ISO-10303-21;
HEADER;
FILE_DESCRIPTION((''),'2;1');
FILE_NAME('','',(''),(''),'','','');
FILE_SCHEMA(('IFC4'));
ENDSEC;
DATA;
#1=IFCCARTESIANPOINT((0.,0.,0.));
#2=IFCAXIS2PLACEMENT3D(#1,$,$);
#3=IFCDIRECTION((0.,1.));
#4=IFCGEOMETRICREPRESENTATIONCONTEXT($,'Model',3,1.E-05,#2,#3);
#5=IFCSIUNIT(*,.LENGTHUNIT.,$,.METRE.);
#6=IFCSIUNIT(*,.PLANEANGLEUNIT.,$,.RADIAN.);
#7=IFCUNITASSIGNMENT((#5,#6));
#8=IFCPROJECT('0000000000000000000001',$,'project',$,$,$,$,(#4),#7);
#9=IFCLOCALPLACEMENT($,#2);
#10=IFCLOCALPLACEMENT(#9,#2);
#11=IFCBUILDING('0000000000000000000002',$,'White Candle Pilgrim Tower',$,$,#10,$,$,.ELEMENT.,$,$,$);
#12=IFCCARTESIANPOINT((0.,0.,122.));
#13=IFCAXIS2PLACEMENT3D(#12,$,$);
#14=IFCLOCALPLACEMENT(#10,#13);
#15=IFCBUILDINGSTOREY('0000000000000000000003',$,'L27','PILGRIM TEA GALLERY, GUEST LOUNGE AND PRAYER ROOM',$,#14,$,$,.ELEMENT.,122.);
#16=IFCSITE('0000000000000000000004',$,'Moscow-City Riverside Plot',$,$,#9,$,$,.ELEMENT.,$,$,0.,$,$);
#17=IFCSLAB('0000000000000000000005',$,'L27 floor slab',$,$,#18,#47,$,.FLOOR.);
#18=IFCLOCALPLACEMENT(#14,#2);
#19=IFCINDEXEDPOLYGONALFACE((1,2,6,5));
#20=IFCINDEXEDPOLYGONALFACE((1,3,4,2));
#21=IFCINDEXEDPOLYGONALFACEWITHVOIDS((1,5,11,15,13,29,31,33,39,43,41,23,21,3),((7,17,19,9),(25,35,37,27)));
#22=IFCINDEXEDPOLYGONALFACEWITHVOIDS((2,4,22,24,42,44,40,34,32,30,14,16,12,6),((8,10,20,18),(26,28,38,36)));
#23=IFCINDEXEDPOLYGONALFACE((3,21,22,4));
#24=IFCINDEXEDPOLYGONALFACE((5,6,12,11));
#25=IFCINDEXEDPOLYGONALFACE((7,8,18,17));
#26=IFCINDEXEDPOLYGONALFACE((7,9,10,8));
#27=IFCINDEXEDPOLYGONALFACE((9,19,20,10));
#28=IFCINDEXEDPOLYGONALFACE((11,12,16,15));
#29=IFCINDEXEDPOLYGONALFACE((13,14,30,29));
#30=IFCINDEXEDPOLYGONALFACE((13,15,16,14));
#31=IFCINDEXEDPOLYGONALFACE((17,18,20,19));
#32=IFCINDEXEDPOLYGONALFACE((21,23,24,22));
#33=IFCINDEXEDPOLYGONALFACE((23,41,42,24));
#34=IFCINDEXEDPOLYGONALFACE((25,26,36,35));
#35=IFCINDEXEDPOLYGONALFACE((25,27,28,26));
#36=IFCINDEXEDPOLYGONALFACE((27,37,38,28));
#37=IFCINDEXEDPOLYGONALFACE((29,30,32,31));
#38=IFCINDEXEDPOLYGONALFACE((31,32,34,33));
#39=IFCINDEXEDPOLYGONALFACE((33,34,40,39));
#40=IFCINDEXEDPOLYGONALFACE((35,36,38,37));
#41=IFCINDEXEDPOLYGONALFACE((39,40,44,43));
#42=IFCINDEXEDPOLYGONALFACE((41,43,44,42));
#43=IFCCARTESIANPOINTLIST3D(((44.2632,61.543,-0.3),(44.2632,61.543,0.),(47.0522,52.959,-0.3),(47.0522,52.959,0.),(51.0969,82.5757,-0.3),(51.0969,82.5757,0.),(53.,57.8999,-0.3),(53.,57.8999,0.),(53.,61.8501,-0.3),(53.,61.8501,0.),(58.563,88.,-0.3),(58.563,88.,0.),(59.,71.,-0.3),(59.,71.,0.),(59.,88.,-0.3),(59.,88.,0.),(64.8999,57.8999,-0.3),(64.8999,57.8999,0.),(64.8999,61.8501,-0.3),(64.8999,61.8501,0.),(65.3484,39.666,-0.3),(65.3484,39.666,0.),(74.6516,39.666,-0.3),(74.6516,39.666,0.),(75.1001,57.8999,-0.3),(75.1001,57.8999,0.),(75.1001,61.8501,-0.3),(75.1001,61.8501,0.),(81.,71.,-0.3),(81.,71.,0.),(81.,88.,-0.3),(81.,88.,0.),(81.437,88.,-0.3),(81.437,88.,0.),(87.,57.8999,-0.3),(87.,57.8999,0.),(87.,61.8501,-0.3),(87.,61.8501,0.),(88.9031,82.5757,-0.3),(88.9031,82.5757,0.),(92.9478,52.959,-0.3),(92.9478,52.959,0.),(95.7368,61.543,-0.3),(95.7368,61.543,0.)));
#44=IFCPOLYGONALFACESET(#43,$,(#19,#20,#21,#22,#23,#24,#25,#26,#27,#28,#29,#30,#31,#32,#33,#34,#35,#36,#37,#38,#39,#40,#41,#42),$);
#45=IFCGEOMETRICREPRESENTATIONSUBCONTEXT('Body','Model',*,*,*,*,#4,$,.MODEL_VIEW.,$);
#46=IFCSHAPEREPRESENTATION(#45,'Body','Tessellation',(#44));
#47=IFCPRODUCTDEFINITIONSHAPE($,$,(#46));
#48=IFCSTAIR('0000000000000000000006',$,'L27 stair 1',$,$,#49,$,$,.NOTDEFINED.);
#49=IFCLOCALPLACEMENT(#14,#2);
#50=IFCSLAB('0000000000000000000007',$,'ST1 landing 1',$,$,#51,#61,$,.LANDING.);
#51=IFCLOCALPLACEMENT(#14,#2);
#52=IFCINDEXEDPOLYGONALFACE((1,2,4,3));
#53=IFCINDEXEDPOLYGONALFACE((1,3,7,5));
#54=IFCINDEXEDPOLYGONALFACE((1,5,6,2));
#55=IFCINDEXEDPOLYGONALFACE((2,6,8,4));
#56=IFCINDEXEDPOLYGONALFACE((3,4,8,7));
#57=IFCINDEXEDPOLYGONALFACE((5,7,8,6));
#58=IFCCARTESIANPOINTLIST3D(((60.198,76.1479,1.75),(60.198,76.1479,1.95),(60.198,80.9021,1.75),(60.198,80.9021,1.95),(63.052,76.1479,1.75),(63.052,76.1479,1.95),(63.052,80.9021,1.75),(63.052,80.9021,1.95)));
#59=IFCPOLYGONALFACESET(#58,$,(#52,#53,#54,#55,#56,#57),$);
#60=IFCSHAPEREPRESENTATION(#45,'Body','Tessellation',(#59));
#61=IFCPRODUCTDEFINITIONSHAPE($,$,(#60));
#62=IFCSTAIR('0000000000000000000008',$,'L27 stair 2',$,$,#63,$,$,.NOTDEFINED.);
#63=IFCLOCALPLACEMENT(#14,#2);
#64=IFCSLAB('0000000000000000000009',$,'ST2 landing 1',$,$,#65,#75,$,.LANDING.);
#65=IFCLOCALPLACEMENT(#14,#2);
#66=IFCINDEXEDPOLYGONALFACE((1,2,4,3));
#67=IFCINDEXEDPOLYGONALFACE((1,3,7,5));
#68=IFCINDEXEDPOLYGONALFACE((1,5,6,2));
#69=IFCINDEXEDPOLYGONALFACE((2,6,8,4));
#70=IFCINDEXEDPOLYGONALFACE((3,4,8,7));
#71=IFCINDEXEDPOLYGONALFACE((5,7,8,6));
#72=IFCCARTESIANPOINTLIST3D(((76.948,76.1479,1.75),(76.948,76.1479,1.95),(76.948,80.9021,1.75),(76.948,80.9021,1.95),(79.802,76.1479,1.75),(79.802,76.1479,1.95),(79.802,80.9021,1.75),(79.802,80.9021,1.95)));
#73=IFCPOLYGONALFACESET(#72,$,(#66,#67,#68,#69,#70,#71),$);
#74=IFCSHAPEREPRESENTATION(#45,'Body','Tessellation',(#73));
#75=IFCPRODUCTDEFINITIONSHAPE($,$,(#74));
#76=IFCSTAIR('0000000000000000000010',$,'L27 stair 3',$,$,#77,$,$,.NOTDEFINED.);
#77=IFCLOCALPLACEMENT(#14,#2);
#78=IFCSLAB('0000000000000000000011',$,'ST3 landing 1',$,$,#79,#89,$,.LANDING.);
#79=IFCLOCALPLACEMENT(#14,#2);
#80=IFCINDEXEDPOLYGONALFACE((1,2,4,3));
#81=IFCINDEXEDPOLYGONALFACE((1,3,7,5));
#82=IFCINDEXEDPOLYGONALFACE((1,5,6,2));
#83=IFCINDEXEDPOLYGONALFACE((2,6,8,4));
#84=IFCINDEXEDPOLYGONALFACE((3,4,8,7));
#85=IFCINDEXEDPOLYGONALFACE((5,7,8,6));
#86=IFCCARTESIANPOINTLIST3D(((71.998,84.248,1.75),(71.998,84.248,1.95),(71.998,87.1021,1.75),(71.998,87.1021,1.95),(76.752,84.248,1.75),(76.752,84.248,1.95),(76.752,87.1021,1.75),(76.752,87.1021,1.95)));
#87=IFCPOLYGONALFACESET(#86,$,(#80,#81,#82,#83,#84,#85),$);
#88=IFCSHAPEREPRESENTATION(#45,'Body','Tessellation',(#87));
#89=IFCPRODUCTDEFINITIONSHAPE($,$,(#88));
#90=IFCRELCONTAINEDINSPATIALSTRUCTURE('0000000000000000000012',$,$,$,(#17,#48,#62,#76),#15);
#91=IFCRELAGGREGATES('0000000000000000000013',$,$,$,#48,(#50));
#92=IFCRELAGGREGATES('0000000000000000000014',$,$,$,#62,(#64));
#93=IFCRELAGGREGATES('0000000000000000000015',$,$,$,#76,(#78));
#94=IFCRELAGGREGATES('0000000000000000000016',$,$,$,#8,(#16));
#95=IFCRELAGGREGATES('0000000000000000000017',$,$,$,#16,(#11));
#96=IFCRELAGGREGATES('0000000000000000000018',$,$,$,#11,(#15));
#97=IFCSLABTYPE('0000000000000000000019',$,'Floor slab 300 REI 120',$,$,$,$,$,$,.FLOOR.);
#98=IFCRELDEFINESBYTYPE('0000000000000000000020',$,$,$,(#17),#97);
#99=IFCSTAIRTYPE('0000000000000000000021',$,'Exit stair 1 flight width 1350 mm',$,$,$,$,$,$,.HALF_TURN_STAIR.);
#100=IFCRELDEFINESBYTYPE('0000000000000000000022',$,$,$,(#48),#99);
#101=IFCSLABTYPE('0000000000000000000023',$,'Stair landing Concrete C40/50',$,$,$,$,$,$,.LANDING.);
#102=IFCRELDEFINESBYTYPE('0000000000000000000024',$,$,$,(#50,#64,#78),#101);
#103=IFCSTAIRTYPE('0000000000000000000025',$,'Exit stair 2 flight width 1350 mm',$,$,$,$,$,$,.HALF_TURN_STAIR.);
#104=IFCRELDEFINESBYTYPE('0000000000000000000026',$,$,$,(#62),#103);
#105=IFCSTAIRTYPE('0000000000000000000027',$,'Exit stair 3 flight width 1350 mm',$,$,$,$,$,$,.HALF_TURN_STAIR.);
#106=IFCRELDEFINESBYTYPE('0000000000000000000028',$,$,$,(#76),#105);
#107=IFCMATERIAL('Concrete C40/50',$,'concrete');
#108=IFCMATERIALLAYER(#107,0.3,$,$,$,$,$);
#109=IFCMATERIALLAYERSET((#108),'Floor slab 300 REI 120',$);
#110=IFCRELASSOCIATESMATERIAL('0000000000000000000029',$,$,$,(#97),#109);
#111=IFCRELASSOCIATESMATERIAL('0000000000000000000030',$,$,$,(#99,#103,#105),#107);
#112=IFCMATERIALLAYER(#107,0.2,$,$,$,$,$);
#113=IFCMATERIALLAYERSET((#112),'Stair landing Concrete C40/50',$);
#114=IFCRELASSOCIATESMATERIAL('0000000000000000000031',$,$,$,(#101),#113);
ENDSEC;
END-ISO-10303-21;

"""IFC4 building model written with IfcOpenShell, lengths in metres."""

from ifc_helpers import new_model, si_unit, direction, frame, origin, place, context, subcontext, project, spatial, polyline, outline, extrude, material, layer, layer_set, type_object, element, aggregate, save


model = new_model("IFC4")

# Units and contexts
model_context = context("Model", 3, precision=1e-05, world=origin(), true_north=direction((0.0, 1.0)))
body_context = subcontext(model_context, "Body", "Model", "MODEL_VIEW")
ifc_project = project(units=[si_unit("LENGTHUNIT", "METRE"), si_unit("PLANEANGLEUNIT", "RADIAN")], contexts=[model_context])

# Site, building, storey
site_placement = place(None, origin())
site = spatial("IfcSite", under=ifc_project, at=site_placement, Name="Moscow-City Riverside Plot", CompositionType="ELEMENT", RefElevation=0.0)
building_placement = place(site_placement, origin())
building = spatial("IfcBuilding", under=site, at=building_placement, Name="White Candle Pilgrim Tower", CompositionType="ELEMENT")
storey_placement = place(building_placement, frame((0.0, 0.0, 122.0)))
storey = spatial("IfcBuildingStorey", under=building, at=storey_placement, Name="L27", Description="PILGRIM TEA GALLERY, GUEST LOUNGE AND PRAYER ROOM", CompositionType="ELEMENT", Elevation=122.0)

# Slab
ifc_material = material(Name="Concrete C40/50", Category="concrete")
ifc_layer_1 = layer(ifc_material, 0.3)
ifc_layer_set_1 = layer_set([ifc_layer_1], Name="Floor slab 300 REI 120")
slab_type_1 = type_object("IfcSlabType", Name="Floor slab 300 REI 120", PredefinedType="FLOOR", material=ifc_layer_set_1)
slab_1_placement = place(storey_placement, frame((0.0, 0.0, -0.3)))
element("IfcSlab", 1, at=slab_1_placement, inside=storey, type_object=slab_type_1, Name="L27 floor slab", PredefinedType="FLOOR", context=body_context, shape_type="SweptSolid", body=[
    extrude(outline(polyline([(65.3484, 39.666), (74.6516, 39.666), (92.9478, 52.959), (95.7368, 61.543), (88.9031, 82.5757), (81.437, 88.0), (81.0, 88.0), (81.0, 71.0), (59.0, 71.0), (59.0, 88.0), (58.563, 88.0), (51.0969, 82.5757), (44.2632, 61.543), (47.0522, 52.959), (65.3484, 39.666)]), holes=[polyline([(53.0, 57.8999), (53.0, 61.8501), (64.8999, 61.8501), (64.8999, 57.8999), (53.0, 57.8999)]), polyline([(75.1001, 57.8999), (75.1001, 61.8501), (87.0, 61.8501), (87.0, 57.8999), (75.1001, 57.8999)])]), origin(), (0.0, 0.0, 1.0), 0.3),
])

# Stairs, slabs
stair_type_1 = type_object("IfcStairType", Name="Exit stair 1 flight width 1350 mm", PredefinedType="HALF_TURN_STAIR", material=ifc_material)
stair_1_placement = place(storey_placement, origin())
stair_1 = element("IfcStair", 2, at=stair_1_placement, inside=storey, type_object=stair_type_1, Name="L27 stair 1", PredefinedType="NOTDEFINED")
ifc_layer_2 = layer(ifc_material, 0.2)
ifc_layer_set_2 = layer_set([ifc_layer_2], Name="Stair landing Concrete C40/50")
slab_type_2 = type_object("IfcSlabType", Name="Stair landing Concrete C40/50", PredefinedType="LANDING", material=ifc_layer_set_2)
slab_2_placement = place(storey_placement, frame((0.0, 0.0, 1.75)))
slab_2 = element("IfcSlab", 3, at=slab_2_placement, type_object=slab_type_2, Name="ST1 landing 1", PredefinedType="LANDING", context=body_context, shape_type="SweptSolid", body=[
    extrude(outline(polyline([(63.052, 76.1479), (60.198, 76.1479), (60.198, 80.9021), (63.052, 80.9021), (63.052, 76.1479)])), origin(), (0.0, 0.0, 1.0), 0.2),
])
aggregate(stair_1, [slab_2])
stair_type_2 = type_object("IfcStairType", Name="Exit stair 2 flight width 1350 mm", PredefinedType="HALF_TURN_STAIR", material=ifc_material)
stair_2_placement = place(storey_placement, origin())
stair_2 = element("IfcStair", 4, at=stair_2_placement, inside=storey, type_object=stair_type_2, Name="L27 stair 2", PredefinedType="NOTDEFINED")
slab_3_placement = place(storey_placement, frame((0.0, 0.0, 1.75)))
slab_3 = element("IfcSlab", 5, at=slab_3_placement, type_object=slab_type_2, Name="ST2 landing 1", PredefinedType="LANDING", context=body_context, shape_type="SweptSolid", body=[
    extrude(outline(polyline([(79.802, 76.1479), (76.948, 76.1479), (76.948, 80.9021), (79.802, 80.9021), (79.802, 76.1479)])), origin(), (0.0, 0.0, 1.0), 0.2),
])
aggregate(stair_2, [slab_3])
stair_type_3 = type_object("IfcStairType", Name="Exit stair 3 flight width 1350 mm", PredefinedType="HALF_TURN_STAIR", material=ifc_material)
stair_3_placement = place(storey_placement, origin())
stair_3 = element("IfcStair", 6, at=stair_3_placement, inside=storey, type_object=stair_type_3, Name="L27 stair 3", PredefinedType="NOTDEFINED")
slab_4_placement = place(storey_placement, frame((0.0, 0.0, 1.75)))
slab_4 = element("IfcSlab", 7, at=slab_4_placement, type_object=slab_type_2, Name="ST3 landing 1", PredefinedType="LANDING", context=body_context, shape_type="SweptSolid", body=[
    extrude(outline(polyline([(71.998, 84.248), (71.998, 87.1021), (76.752, 87.1021), (76.752, 84.248), (71.998, 84.248)])), origin(), (0.0, 0.0, 1.0), 0.2),
])
aggregate(stair_3, [slab_4])

save(model, "model.ifc")
